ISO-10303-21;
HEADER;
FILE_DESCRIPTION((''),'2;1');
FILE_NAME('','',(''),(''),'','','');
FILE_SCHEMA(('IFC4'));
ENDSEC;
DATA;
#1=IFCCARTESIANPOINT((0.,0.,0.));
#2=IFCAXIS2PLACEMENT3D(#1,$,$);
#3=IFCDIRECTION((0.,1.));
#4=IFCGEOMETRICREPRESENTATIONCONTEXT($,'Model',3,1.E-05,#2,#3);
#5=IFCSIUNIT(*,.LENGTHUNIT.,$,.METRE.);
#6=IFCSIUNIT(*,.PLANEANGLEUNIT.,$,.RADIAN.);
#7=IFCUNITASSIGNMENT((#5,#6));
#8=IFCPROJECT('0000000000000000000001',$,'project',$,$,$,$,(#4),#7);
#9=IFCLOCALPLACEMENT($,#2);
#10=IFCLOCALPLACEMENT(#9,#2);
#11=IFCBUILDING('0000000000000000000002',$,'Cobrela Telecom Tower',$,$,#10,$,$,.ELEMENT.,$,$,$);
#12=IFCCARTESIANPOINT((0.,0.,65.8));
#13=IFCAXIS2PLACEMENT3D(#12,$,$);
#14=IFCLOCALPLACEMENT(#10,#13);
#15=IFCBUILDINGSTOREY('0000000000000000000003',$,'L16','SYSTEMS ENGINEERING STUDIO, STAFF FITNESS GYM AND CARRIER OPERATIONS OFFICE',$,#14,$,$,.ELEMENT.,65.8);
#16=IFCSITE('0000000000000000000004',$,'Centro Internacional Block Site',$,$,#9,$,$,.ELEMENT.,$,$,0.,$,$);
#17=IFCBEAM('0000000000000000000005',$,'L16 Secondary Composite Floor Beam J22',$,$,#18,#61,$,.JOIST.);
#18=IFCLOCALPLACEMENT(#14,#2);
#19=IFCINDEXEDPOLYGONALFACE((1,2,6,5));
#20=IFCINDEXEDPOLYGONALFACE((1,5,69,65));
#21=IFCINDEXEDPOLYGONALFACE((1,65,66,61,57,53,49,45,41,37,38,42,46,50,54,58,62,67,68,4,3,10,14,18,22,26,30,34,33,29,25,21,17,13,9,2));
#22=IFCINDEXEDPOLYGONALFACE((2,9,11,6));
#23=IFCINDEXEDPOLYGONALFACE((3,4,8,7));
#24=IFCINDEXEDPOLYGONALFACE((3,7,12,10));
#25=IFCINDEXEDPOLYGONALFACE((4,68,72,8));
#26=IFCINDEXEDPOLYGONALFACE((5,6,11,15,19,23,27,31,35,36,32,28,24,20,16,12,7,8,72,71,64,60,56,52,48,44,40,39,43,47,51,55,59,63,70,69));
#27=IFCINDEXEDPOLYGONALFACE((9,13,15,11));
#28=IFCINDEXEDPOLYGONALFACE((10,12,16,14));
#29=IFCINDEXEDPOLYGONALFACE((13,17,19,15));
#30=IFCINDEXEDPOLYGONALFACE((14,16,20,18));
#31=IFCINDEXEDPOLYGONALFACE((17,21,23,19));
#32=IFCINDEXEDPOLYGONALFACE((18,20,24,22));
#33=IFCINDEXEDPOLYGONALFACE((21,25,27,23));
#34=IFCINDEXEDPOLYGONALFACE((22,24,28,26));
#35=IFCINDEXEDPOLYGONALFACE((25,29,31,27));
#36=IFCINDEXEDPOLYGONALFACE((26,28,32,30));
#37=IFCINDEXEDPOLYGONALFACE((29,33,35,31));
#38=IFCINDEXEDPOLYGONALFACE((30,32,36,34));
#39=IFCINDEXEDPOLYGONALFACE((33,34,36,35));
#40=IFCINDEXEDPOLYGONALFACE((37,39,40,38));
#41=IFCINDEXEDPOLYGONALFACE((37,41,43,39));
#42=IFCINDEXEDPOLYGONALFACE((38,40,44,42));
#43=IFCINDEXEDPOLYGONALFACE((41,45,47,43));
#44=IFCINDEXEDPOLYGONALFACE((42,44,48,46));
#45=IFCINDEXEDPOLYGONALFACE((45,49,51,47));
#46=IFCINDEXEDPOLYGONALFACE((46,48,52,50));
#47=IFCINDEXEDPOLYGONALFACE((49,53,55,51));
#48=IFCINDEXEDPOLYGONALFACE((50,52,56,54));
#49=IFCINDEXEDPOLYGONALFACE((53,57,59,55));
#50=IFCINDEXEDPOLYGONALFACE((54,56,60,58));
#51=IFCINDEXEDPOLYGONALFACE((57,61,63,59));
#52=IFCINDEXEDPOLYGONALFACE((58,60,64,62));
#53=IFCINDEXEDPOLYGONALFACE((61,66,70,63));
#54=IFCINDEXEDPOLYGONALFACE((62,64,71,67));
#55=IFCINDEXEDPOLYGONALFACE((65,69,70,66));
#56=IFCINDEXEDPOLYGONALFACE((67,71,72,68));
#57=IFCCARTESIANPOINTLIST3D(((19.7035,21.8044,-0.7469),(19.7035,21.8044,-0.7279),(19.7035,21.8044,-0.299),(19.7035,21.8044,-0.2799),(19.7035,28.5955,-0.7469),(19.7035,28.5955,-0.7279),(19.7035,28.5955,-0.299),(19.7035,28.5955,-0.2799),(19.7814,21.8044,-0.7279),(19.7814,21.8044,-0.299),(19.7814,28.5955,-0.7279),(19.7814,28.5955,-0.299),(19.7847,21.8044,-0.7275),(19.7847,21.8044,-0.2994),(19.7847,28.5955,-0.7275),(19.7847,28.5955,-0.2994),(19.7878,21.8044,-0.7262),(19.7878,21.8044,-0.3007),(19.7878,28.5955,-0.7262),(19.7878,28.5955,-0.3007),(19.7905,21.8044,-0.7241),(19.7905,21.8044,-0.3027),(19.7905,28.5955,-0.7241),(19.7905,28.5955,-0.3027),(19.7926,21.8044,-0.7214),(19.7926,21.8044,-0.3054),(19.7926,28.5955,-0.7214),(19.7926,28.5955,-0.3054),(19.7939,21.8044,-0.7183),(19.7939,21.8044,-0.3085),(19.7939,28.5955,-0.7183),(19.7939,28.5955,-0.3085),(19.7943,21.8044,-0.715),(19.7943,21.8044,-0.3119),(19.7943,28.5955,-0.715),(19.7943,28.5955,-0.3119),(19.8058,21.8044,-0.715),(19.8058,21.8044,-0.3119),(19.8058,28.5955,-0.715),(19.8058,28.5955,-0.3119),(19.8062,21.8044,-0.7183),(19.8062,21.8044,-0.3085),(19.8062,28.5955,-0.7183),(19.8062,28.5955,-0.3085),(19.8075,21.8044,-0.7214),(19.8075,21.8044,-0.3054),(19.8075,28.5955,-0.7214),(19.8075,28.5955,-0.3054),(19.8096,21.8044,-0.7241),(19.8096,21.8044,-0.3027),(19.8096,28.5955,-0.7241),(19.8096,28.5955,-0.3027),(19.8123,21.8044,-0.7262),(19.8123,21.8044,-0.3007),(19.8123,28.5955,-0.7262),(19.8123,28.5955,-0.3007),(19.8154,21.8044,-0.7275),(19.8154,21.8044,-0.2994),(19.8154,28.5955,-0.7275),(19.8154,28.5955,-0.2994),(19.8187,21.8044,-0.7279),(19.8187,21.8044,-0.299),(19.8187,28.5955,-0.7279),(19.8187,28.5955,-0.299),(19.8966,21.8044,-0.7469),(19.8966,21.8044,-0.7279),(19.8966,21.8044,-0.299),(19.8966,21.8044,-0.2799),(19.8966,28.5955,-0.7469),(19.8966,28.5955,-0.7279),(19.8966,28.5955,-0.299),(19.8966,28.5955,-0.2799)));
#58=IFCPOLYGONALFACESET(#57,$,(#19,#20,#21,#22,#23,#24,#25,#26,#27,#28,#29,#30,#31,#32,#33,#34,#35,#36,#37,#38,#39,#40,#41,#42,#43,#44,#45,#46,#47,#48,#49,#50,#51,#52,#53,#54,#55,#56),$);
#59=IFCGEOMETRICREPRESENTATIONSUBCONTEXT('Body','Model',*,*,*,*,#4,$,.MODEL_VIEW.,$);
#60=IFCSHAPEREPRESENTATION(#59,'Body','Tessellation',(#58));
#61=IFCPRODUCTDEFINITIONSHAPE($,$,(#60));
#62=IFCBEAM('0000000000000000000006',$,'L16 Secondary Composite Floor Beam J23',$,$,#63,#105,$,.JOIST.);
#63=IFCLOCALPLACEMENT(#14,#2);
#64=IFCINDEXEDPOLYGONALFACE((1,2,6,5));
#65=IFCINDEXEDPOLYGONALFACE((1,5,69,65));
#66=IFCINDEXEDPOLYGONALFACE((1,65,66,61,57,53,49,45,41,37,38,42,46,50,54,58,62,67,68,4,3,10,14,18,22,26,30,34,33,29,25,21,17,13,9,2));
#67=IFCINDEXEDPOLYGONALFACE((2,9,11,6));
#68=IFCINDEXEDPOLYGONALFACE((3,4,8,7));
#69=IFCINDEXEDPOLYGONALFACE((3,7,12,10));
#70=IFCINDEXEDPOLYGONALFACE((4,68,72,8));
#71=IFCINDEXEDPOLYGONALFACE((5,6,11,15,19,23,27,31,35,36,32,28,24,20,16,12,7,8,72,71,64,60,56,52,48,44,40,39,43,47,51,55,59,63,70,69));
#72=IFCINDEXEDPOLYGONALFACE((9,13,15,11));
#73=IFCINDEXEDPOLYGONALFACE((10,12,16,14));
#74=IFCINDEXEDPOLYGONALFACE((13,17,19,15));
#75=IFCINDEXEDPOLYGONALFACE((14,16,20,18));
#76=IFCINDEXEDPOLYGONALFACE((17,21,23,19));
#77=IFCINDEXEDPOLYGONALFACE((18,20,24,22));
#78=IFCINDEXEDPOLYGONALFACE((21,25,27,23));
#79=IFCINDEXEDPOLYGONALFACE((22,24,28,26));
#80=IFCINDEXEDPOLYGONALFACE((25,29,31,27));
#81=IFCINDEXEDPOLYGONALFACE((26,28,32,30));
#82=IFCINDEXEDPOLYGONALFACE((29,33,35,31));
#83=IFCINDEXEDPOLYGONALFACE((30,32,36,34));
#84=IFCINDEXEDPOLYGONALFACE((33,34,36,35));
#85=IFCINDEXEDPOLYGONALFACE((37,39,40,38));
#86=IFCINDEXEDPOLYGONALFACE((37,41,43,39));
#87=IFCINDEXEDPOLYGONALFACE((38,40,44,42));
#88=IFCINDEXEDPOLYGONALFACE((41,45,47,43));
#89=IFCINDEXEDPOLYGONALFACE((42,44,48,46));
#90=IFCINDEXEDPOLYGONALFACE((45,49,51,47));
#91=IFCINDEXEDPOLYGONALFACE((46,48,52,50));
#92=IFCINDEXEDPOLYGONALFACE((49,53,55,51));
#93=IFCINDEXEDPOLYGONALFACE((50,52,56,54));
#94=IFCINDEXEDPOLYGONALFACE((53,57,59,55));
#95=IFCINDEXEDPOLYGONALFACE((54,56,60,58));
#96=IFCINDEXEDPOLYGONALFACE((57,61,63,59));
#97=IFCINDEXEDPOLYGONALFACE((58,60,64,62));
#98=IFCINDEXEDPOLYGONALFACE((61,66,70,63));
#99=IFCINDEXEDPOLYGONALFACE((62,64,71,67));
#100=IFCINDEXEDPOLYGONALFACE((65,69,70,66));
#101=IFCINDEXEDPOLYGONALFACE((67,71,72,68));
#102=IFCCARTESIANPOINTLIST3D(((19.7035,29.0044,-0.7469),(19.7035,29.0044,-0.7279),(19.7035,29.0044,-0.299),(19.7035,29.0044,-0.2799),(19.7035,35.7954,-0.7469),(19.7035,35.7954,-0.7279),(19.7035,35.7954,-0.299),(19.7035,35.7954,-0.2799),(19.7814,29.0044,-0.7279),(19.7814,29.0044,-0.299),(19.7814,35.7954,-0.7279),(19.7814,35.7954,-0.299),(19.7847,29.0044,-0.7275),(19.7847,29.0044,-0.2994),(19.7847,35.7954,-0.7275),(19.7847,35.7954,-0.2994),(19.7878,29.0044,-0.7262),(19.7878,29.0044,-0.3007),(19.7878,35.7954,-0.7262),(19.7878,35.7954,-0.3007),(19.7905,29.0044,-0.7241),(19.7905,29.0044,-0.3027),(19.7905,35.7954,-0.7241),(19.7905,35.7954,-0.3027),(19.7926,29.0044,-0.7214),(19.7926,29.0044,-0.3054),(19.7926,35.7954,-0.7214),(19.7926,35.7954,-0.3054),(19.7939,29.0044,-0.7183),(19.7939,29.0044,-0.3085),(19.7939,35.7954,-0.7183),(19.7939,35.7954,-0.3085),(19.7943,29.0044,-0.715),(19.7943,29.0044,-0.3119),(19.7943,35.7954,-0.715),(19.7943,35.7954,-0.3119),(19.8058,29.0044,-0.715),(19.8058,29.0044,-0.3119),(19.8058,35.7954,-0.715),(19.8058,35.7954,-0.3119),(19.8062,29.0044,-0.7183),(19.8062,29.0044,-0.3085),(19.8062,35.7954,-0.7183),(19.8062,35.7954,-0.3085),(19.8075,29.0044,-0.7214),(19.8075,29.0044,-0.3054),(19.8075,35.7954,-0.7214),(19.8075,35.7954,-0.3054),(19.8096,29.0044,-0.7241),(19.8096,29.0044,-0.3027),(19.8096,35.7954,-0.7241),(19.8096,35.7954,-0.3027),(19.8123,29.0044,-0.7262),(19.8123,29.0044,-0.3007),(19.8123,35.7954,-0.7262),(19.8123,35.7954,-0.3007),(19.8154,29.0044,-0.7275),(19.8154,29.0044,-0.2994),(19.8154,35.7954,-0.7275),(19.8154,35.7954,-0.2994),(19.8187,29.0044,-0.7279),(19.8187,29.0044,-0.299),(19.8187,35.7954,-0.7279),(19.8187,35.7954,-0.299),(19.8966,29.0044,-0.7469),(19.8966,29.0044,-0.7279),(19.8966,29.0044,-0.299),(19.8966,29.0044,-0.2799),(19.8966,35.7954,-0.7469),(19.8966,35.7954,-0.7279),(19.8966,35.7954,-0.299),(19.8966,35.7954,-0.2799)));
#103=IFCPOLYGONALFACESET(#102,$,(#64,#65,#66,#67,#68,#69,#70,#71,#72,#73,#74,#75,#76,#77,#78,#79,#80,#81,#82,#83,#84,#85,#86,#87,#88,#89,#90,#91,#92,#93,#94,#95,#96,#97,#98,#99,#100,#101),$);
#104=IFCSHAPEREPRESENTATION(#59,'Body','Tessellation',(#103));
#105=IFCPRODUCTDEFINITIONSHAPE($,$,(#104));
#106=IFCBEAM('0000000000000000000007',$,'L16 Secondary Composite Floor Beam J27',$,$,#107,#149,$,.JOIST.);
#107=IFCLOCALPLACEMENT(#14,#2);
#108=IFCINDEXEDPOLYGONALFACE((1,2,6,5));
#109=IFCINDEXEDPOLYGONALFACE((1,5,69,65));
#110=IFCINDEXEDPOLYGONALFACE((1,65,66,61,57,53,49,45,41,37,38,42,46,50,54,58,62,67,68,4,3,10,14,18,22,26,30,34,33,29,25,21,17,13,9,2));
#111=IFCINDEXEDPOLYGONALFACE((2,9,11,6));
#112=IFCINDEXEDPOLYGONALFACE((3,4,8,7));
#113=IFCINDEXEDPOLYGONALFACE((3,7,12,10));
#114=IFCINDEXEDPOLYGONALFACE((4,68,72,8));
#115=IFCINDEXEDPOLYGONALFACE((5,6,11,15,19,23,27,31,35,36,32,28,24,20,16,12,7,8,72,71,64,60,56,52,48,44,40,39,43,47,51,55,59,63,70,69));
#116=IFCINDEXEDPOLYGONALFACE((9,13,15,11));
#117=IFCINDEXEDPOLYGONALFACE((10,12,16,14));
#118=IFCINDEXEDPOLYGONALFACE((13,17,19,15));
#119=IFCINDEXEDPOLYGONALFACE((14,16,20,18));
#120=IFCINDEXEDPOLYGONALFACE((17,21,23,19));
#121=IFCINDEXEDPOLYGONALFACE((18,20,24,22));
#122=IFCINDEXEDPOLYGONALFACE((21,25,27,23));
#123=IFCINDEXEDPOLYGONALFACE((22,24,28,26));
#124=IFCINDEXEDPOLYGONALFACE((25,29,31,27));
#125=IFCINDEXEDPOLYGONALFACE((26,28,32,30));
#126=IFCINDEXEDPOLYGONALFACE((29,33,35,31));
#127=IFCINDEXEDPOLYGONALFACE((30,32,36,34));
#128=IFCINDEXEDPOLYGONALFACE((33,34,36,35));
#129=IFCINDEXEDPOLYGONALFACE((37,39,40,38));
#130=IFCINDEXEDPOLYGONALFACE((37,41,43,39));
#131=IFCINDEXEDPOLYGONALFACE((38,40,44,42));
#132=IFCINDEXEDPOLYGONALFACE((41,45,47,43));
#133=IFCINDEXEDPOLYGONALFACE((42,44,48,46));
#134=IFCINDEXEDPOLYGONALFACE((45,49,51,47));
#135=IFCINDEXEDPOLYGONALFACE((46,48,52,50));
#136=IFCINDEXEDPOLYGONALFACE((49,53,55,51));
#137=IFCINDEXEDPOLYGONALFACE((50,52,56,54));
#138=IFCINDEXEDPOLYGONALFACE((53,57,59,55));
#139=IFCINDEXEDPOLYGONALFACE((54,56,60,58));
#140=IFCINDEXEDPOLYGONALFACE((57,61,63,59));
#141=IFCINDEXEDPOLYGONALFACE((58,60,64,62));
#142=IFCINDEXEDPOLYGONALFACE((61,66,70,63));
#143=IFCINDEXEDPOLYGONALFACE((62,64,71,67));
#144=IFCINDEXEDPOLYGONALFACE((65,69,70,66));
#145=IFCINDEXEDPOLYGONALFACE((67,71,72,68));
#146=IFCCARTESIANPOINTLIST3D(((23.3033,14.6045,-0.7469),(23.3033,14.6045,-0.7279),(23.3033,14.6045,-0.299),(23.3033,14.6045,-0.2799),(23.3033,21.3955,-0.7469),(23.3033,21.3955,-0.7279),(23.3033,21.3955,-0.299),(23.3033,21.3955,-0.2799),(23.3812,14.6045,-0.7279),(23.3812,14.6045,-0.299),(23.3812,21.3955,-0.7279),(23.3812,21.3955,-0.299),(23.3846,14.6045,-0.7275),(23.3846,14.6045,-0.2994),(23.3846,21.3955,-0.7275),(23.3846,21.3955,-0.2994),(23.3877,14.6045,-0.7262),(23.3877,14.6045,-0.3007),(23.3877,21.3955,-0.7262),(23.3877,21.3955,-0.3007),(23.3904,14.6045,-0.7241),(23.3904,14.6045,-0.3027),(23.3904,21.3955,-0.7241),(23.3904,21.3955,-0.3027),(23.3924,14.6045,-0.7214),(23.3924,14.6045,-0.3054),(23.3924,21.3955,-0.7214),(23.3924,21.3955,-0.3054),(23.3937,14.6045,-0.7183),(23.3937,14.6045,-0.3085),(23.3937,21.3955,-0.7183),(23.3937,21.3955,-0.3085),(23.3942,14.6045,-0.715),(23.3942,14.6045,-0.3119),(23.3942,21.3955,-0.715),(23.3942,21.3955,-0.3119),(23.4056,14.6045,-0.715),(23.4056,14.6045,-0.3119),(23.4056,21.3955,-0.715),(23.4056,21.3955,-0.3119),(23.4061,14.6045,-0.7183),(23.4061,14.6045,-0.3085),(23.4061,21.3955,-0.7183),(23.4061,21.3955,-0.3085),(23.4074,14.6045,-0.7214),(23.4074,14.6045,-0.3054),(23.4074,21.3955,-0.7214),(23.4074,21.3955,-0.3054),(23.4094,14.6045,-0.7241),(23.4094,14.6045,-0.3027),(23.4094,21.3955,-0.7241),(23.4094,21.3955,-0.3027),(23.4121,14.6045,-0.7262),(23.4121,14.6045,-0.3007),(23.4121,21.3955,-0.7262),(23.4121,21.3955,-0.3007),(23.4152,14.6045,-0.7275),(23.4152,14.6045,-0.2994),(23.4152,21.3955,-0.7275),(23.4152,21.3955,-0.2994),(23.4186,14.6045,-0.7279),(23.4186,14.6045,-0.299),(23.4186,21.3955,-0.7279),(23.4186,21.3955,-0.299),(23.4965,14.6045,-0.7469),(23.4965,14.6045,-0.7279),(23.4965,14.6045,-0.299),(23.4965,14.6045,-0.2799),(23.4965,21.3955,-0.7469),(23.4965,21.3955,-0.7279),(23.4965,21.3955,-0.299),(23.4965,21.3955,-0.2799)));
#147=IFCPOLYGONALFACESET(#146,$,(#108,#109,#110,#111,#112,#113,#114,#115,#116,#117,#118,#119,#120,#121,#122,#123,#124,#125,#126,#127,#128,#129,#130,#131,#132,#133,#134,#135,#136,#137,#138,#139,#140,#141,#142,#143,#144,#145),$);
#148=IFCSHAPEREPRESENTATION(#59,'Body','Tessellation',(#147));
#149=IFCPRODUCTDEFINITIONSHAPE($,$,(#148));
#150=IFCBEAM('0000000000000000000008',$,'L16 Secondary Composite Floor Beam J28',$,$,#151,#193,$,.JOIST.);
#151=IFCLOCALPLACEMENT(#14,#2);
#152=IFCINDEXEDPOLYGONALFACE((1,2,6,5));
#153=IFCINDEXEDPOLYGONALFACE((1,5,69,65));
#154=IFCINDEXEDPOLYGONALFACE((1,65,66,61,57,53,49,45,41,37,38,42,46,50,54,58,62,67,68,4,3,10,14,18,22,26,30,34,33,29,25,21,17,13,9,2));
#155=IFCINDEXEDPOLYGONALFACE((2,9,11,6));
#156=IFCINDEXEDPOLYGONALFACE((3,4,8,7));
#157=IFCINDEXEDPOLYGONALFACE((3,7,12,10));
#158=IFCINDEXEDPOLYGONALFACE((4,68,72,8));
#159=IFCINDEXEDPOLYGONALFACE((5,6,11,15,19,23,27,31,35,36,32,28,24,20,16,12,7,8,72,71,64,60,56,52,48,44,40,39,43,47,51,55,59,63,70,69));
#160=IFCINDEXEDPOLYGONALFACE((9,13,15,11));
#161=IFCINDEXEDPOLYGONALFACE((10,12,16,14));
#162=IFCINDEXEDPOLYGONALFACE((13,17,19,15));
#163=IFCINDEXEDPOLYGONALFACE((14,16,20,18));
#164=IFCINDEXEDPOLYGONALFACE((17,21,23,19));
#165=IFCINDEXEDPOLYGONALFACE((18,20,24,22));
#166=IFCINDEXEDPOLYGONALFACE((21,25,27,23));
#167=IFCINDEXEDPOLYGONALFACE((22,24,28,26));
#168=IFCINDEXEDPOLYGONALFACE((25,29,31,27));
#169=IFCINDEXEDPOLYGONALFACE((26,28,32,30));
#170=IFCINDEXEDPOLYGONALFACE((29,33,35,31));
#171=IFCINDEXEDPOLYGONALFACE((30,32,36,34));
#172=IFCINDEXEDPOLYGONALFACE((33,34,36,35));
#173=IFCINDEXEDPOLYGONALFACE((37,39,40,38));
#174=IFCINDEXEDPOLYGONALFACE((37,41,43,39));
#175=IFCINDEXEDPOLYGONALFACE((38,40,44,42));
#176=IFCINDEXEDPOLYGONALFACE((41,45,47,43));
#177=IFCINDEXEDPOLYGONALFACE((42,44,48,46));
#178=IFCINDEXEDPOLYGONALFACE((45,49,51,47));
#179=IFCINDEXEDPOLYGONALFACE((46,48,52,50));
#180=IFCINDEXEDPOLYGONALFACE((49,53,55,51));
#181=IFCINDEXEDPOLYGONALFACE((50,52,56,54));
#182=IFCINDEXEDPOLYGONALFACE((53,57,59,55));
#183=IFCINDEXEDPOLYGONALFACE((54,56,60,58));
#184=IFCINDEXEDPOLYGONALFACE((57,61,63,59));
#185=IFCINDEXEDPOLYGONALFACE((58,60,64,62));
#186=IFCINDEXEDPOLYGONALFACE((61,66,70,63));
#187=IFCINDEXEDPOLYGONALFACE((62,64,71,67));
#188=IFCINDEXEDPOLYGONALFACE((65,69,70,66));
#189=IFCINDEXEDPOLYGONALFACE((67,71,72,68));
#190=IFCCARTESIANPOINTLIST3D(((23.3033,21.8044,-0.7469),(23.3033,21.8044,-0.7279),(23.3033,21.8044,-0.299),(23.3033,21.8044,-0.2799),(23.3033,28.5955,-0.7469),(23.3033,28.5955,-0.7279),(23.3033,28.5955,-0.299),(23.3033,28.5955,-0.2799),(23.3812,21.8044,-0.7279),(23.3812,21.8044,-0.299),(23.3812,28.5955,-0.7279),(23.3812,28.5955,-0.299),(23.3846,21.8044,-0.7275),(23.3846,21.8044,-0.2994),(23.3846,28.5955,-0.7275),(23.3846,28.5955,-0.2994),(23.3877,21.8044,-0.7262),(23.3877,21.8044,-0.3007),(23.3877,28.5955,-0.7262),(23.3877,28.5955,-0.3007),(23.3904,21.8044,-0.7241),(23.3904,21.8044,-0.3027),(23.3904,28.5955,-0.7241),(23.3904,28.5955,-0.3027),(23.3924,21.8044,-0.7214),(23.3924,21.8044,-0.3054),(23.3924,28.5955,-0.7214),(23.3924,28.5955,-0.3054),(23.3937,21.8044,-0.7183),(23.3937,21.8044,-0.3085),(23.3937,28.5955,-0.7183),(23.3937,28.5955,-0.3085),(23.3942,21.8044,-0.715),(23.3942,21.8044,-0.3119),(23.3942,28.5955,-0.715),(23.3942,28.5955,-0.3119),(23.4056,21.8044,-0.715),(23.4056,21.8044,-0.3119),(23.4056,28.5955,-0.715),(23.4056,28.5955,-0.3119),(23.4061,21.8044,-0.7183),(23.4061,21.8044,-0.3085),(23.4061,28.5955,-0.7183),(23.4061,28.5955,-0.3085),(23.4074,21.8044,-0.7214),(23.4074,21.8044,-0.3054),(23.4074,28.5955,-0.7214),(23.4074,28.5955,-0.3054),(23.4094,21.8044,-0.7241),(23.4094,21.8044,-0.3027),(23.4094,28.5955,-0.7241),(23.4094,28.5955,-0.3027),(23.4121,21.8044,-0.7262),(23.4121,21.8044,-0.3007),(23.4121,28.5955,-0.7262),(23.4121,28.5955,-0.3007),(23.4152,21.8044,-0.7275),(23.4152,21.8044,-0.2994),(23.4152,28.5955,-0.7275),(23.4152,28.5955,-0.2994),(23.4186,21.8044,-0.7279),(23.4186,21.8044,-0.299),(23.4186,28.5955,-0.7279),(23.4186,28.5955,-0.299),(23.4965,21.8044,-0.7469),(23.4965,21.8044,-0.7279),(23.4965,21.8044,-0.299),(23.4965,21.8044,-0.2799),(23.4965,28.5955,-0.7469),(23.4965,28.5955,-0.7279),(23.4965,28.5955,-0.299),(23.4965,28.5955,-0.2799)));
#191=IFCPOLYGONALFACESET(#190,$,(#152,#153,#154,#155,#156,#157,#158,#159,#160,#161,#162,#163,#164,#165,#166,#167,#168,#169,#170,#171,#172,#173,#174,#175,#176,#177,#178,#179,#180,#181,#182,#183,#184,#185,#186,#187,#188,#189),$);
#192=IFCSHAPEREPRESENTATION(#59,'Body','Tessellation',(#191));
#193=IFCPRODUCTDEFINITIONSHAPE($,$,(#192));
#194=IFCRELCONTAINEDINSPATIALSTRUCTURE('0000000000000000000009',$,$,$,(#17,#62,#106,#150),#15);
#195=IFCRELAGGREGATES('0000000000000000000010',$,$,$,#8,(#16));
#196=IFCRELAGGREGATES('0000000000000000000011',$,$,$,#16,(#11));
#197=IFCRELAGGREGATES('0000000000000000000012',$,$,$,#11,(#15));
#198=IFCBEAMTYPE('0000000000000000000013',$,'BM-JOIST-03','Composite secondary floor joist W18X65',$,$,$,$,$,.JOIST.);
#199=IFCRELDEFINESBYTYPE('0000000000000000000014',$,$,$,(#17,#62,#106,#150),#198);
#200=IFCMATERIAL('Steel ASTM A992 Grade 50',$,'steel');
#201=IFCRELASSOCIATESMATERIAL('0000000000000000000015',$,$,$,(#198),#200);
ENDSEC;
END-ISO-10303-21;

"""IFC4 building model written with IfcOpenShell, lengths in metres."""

from ifc_helpers import new_model, si_unit, direction, frame, origin, origin_2d, place, context, subcontext, project, spatial, i_section, extrude, material, material_profile, profile_set, type_object, element, save


model = new_model("IFC4")

# Units and contexts
model_context = context("Model", 3, precision=1e-05, world=origin(), true_north=direction((0.0, 1.0)))
body_context = subcontext(model_context, "Body", "Model", "MODEL_VIEW")
ifc_project = project(units=[si_unit("LENGTHUNIT", "METRE"), si_unit("PLANEANGLEUNIT", "RADIAN")], contexts=[model_context])

# Site, building, storey
site_placement = place(None, origin())
site = spatial("IfcSite", under=ifc_project, at=site_placement, Name="Centro Internacional Block Site", CompositionType="ELEMENT", RefElevation=0.0)
building_placement = place(site_placement, origin())
building = spatial("IfcBuilding", under=site, at=building_placement, Name="Cobrela Telecom Tower", CompositionType="ELEMENT")
storey_placement = place(building_placement, frame((0.0, 0.0, 65.8)))
storey = spatial("IfcBuildingStorey", under=building, at=storey_placement, Name="L16", Description="SYSTEMS ENGINEERING STUDIO, STAFF FITNESS GYM AND CARRIER OPERATIONS OFFICE", CompositionType="ELEMENT", Elevation=65.8)

# Shared definitions
ifc_material_1 = material(Name="Steel ASTM A992 Grade 50", Category="steel")

# Beams
ifc_material_profile_1 = material_profile(ifc_material_1, i_section(OverallWidth=0.1931, OverallDepth=0.467, WebThickness=0.0115, FlangeThickness=0.019, FilletRadius=0.0129, at=origin_2d()), Name="W18X65")
ifc_profile_set_1 = profile_set([ifc_material_profile_1], Name="Steel ASTM A992 Grade 50")
beam_type_1 = type_object("IfcBeamType", Name="BM-JOIST-03", Description="Composite secondary floor joist W18X65", PredefinedType="JOIST", material=ifc_profile_set_1)
for number, where, z_axis, x_axis, name in (
    (1, (19.8, 21.8044, -0.5134), (0.0, 1.0, 0.0), (-1.0, 0.0, 0.0), "L16 Secondary Composite Floor Beam J22"),
    (2, (19.8, 29.0044, -0.5134), (0.0, 1.0, 0.0), (-1.0, 0.0, 0.0), "L16 Secondary Composite Floor Beam J23"),
    (3, (23.3999, 14.6045, -0.5134), (0.0, 1.0, 0.0), (-1.0, 0.0, 0.0), "L16 Secondary Composite Floor Beam J27"),
    (4, (23.3999, 21.8044, -0.5134), (0.0, 1.0, 0.0), (-1.0, 0.0, 0.0), "L16 Secondary Composite Floor Beam J28"),
):
    element("IfcBeam", number, at=place(storey_placement, frame(where, z_axis=z_axis, x_axis=x_axis)), inside=storey, type_object=beam_type_1, Name=name, PredefinedType="JOIST", context=body_context, shape_type="SweptSolid", body=[
        extrude(i_section(OverallWidth=0.1931, OverallDepth=0.467, WebThickness=0.0115, FlangeThickness=0.019, FilletRadius=0.0129, at=origin_2d()), origin(), (0.0, 0.0, 1.0), 6.791),
    ])

save(model, "model.ifc")
